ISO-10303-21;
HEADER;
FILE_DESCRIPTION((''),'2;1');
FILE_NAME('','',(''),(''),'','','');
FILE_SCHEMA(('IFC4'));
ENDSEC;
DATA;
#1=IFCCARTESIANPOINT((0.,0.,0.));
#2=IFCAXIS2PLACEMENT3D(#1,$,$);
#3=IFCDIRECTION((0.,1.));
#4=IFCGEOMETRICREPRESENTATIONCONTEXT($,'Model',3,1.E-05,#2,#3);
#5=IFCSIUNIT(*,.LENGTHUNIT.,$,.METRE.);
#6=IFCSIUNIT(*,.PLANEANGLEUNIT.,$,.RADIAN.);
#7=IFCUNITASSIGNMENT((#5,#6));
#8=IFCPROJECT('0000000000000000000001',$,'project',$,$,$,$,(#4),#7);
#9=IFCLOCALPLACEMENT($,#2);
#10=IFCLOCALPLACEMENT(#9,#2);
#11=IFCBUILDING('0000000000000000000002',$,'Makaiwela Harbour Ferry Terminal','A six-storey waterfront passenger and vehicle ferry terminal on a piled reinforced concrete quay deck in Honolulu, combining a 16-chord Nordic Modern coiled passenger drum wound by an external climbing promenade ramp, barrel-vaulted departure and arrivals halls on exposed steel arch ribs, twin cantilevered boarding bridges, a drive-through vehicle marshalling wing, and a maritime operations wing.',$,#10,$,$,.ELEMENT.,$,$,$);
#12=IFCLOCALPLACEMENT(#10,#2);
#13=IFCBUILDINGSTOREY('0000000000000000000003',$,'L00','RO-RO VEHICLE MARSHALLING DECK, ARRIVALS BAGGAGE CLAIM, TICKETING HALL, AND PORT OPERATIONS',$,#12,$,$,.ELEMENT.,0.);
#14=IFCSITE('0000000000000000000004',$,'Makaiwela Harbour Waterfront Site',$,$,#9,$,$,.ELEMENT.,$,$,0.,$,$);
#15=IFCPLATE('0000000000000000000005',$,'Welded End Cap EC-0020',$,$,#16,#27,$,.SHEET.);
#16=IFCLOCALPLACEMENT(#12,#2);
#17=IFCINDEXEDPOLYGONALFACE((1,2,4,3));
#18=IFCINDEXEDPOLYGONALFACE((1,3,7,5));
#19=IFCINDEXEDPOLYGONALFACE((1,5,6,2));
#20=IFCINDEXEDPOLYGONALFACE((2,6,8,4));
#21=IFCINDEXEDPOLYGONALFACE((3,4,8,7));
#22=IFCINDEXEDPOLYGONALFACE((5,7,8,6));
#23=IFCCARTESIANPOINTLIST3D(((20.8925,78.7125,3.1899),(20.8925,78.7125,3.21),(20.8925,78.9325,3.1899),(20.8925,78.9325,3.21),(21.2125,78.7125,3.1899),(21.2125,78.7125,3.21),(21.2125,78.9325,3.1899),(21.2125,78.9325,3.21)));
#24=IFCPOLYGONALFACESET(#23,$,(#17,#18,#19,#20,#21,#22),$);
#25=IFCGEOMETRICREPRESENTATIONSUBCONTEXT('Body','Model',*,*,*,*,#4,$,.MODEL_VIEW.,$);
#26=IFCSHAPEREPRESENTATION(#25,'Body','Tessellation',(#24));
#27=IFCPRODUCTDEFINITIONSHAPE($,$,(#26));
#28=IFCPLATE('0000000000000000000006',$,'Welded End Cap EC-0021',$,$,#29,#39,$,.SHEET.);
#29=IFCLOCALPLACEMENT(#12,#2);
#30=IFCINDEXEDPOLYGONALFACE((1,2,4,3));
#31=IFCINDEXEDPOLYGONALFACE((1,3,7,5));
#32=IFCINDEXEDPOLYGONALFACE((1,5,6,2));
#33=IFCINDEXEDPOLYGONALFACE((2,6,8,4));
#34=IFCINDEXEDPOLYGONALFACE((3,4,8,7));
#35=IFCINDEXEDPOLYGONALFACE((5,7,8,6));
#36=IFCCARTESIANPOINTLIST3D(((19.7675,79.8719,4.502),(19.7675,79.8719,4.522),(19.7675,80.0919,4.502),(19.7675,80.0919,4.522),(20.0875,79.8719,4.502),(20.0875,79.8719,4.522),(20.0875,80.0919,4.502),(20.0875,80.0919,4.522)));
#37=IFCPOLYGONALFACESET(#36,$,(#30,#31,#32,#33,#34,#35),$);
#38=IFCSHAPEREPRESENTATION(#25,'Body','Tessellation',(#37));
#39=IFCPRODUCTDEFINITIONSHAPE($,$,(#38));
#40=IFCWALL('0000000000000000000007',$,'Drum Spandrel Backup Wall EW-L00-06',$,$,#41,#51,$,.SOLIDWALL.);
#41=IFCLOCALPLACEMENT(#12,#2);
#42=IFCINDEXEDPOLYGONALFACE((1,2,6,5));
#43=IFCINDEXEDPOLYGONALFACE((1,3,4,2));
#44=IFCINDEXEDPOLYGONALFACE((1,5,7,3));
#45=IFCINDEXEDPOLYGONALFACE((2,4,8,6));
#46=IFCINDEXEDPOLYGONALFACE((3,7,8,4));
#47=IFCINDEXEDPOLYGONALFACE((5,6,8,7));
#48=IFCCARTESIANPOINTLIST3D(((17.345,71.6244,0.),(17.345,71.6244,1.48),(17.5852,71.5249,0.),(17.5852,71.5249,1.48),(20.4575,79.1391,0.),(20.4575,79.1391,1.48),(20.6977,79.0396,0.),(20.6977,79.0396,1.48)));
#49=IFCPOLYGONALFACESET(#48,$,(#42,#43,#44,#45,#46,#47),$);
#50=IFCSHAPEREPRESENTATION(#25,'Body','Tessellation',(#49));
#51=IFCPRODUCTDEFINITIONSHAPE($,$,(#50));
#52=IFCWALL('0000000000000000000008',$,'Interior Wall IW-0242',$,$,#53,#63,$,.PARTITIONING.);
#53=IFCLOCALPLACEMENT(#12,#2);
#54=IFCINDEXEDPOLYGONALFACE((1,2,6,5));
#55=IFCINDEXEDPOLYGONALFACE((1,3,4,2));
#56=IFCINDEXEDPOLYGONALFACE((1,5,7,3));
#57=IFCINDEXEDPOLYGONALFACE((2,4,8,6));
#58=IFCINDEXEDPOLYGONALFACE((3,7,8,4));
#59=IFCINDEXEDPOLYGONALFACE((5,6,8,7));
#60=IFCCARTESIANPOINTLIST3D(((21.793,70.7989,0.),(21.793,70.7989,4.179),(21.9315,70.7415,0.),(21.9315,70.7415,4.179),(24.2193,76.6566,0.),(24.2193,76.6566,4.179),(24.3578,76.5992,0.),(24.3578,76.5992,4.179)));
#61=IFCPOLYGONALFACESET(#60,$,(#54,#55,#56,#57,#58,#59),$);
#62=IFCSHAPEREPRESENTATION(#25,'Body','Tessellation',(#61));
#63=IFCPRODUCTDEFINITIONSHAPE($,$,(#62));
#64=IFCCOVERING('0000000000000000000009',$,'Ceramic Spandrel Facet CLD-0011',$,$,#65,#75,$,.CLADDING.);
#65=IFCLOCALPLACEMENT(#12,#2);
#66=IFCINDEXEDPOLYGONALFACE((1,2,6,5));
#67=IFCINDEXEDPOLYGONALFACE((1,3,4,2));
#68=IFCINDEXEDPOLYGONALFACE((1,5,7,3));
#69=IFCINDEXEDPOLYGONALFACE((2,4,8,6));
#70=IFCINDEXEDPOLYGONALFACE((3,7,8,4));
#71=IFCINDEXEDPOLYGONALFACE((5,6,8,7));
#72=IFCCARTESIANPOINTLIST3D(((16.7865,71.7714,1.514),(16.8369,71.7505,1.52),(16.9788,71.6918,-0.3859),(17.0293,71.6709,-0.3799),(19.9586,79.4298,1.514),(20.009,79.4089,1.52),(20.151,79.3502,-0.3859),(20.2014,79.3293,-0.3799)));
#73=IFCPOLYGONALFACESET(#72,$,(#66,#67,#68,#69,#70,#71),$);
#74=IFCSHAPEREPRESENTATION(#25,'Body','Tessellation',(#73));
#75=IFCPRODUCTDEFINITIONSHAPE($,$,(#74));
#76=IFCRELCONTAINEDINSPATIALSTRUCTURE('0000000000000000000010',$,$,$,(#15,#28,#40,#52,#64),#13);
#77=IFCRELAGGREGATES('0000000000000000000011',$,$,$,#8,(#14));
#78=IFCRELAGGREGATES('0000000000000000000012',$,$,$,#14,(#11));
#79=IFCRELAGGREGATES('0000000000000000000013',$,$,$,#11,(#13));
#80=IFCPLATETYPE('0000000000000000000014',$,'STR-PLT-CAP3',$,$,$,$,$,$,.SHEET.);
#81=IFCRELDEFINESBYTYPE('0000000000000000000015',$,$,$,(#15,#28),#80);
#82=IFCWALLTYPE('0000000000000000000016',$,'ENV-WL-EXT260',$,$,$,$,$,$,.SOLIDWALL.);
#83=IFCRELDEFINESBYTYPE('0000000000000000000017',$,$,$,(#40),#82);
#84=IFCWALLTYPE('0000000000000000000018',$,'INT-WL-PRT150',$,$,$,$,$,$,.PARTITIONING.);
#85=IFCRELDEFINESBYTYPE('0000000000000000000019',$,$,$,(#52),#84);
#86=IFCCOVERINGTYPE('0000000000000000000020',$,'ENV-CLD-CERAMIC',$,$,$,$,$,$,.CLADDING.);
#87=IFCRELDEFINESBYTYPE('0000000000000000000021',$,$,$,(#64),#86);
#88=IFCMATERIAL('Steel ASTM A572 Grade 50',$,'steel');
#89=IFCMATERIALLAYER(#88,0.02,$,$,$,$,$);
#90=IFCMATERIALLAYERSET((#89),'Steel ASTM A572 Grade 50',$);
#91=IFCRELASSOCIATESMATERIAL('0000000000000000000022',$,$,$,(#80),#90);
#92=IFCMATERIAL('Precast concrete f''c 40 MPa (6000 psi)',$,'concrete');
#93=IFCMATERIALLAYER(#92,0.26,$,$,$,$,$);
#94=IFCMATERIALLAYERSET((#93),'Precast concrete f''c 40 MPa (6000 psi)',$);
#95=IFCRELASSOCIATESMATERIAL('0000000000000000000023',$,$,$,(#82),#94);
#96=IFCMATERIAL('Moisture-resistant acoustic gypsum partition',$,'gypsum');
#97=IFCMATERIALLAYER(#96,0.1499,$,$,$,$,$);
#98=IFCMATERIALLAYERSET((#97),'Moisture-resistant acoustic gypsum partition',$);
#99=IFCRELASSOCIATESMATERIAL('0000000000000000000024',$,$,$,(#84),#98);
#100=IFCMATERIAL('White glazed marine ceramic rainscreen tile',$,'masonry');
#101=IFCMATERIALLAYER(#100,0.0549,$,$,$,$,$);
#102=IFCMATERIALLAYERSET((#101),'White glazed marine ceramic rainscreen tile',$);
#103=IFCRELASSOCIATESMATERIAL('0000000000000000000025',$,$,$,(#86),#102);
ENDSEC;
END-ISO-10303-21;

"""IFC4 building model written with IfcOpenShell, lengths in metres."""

from ifc_helpers import new_model, si_unit, direction, frame, frame_2d, origin, origin_2d, place, context, subcontext, project, spatial, polyline, rectangle, outline, extrude, material, layer, layer_set, type_object, element, save


model = new_model("IFC4")

# Units and contexts
model_context = context("Model", 3, precision=1e-05, world=origin(), true_north=direction((0.0, 1.0)))
body_context = subcontext(model_context, "Body", "Model", "MODEL_VIEW")
ifc_project = project(units=[si_unit("LENGTHUNIT", "METRE"), si_unit("PLANEANGLEUNIT", "RADIAN")], contexts=[model_context])

# Site, building, storey
site_placement = place(None, origin())
site = spatial("IfcSite", under=ifc_project, at=site_placement, Name="Makaiwela Harbour Waterfront Site", CompositionType="ELEMENT", RefElevation=0.0)
building_placement = place(site_placement, origin())
building = spatial("IfcBuilding", under=site, at=building_placement, Name="Makaiwela Harbour Ferry Terminal", Description="A six-storey waterfront passenger and vehicle ferry terminal on a piled reinforced concrete quay deck in Honolulu, combining a 16-chord Nordic Modern coiled passenger drum wound by an external climbing promenade ramp, barrel-vaulted departure and arrivals halls on exposed steel arch ribs, twin cantilevered boarding bridges, a drive-through vehicle marshalling wing, and a maritime operations wing.", CompositionType="ELEMENT")
storey_placement = place(building_placement, origin())
storey = spatial("IfcBuildingStorey", under=building, at=storey_placement, Name="L00", Description="RO-RO VEHICLE MARSHALLING DECK, ARRIVALS BAGGAGE CLAIM, TICKETING HALL, AND PORT OPERATIONS", CompositionType="ELEMENT", Elevation=0.0)

# Plates
ifc_material_1 = material(Name="Steel ASTM A572 Grade 50", Category="steel")
ifc_layer_1 = layer(ifc_material_1, 0.02)
ifc_layer_set_1 = layer_set([ifc_layer_1], Name="Steel ASTM A572 Grade 50")
plate_type_1 = type_object("IfcPlateType", Name="STR-PLT-CAP3", PredefinedType="SHEET", material=ifc_layer_set_1)
for number, where, z_axis, x_axis, name in (
    (1, (21.0525, 78.8225, 3.1899), (0.0, 0.0, 1.0), (1.0, 0.0, 0.0), "Welded End Cap EC-0020"),
    (2, (19.9275, 79.9819, 4.502), (0.0, 0.0, 1.0), (1.0, 0.0, 0.0), "Welded End Cap EC-0021"),
):
    element("IfcPlate", number, at=place(storey_placement, frame(where, z_axis=z_axis, x_axis=x_axis)), inside=storey, type_object=plate_type_1, Name=name, PredefinedType="SHEET", context=body_context, shape_type="SweptSolid", body=[
        extrude(rectangle(XDim=0.3201, YDim=0.22, at=origin_2d()), origin(), (0.0, 0.0, 1.0), 0.02),
    ])

# Walls
ifc_material_2 = material(Name="Precast concrete f'c 40 MPa (6000 psi)", Category="concrete")
ifc_layer_2 = layer(ifc_material_2, 0.26)
ifc_layer_set_2 = layer_set([ifc_layer_2], Name="Precast concrete f'c 40 MPa (6000 psi)")
wall_type_1 = type_object("IfcWallType", Name="ENV-WL-EXT260", PredefinedType="SOLIDWALL", material=ifc_layer_set_2)
wall_1_placement = place(storey_placement, frame((20.5776, 79.0894, 0.0), z_axis=(0.0, 0.0, 1.0), x_axis=(-0.382671, -0.923885, 0.0)))
element("IfcWall", 3, at=wall_1_placement, inside=storey, type_object=wall_type_1, Name="Drum Spandrel Backup Wall EW-L00-06", PredefinedType="SOLIDWALL", context=body_context, shape_type="SweptSolid", body=[
    extrude(rectangle(XDim=8.1338, YDim=0.26, at=frame_2d((4.0669, 0.0))), origin(), (0.0, 0.0, 1.0), 1.48),
])
ifc_material_3 = material(Name="Moisture-resistant acoustic gypsum partition", Category="gypsum")
ifc_layer_3 = layer(ifc_material_3, 0.1499)
ifc_layer_set_3 = layer_set([ifc_layer_3], Name="Moisture-resistant acoustic gypsum partition")
wall_type_2 = type_object("IfcWallType", Name="INT-WL-PRT150", PredefinedType="PARTITIONING", material=ifc_layer_set_3)
wall_2_placement = place(storey_placement, frame((24.2886, 76.6279, 0.0), z_axis=(0.0, 0.0, 1.0), x_axis=(-0.382676, -0.923883, 0.0)))
element("IfcWall", 4, at=wall_2_placement, inside=storey, type_object=wall_type_2, Name="Interior Wall IW-0242", PredefinedType="PARTITIONING", context=body_context, shape_type="SweptSolid", body=[
    extrude(rectangle(XDim=6.3403, YDim=0.1499, at=frame_2d((3.1702, 0.0))), origin(), (0.0, 0.0, 1.0), 4.179),
])

# Covering
ifc_material_4 = material(Name="White glazed marine ceramic rainscreen tile", Category="masonry")
ifc_layer_4 = layer(ifc_material_4, 0.0549)
ifc_layer_set_4 = layer_set([ifc_layer_4], Name="White glazed marine ceramic rainscreen tile")
covering_type = type_object("IfcCoveringType", Name="ENV-CLD-CERAMIC", PredefinedType="CLADDING", material=ifc_layer_set_4)
covering_placement = place(storey_placement, frame((20.2014, 79.3293, -0.3799), z_axis=(0.918387, -0.380395, 0.108931), x_axis=(-0.382672, -0.923884, 0.0)))
element("IfcCovering", 5, at=covering_placement, inside=storey, type_object=covering_type, Name="Ceramic Spandrel Facet CLD-0011", PredefinedType="CLADDING", context=body_context, shape_type="SweptSolid", body=[
    extrude(outline(polyline([(0.0, 0.0), (8.2894, 0.0), (8.2895, -1.9113), (0.0001, -1.9113), (0.0, 0.0)])), origin(), (0.0, 0.0, -1.0), 0.0549),
])

save(model, "model.ifc")
